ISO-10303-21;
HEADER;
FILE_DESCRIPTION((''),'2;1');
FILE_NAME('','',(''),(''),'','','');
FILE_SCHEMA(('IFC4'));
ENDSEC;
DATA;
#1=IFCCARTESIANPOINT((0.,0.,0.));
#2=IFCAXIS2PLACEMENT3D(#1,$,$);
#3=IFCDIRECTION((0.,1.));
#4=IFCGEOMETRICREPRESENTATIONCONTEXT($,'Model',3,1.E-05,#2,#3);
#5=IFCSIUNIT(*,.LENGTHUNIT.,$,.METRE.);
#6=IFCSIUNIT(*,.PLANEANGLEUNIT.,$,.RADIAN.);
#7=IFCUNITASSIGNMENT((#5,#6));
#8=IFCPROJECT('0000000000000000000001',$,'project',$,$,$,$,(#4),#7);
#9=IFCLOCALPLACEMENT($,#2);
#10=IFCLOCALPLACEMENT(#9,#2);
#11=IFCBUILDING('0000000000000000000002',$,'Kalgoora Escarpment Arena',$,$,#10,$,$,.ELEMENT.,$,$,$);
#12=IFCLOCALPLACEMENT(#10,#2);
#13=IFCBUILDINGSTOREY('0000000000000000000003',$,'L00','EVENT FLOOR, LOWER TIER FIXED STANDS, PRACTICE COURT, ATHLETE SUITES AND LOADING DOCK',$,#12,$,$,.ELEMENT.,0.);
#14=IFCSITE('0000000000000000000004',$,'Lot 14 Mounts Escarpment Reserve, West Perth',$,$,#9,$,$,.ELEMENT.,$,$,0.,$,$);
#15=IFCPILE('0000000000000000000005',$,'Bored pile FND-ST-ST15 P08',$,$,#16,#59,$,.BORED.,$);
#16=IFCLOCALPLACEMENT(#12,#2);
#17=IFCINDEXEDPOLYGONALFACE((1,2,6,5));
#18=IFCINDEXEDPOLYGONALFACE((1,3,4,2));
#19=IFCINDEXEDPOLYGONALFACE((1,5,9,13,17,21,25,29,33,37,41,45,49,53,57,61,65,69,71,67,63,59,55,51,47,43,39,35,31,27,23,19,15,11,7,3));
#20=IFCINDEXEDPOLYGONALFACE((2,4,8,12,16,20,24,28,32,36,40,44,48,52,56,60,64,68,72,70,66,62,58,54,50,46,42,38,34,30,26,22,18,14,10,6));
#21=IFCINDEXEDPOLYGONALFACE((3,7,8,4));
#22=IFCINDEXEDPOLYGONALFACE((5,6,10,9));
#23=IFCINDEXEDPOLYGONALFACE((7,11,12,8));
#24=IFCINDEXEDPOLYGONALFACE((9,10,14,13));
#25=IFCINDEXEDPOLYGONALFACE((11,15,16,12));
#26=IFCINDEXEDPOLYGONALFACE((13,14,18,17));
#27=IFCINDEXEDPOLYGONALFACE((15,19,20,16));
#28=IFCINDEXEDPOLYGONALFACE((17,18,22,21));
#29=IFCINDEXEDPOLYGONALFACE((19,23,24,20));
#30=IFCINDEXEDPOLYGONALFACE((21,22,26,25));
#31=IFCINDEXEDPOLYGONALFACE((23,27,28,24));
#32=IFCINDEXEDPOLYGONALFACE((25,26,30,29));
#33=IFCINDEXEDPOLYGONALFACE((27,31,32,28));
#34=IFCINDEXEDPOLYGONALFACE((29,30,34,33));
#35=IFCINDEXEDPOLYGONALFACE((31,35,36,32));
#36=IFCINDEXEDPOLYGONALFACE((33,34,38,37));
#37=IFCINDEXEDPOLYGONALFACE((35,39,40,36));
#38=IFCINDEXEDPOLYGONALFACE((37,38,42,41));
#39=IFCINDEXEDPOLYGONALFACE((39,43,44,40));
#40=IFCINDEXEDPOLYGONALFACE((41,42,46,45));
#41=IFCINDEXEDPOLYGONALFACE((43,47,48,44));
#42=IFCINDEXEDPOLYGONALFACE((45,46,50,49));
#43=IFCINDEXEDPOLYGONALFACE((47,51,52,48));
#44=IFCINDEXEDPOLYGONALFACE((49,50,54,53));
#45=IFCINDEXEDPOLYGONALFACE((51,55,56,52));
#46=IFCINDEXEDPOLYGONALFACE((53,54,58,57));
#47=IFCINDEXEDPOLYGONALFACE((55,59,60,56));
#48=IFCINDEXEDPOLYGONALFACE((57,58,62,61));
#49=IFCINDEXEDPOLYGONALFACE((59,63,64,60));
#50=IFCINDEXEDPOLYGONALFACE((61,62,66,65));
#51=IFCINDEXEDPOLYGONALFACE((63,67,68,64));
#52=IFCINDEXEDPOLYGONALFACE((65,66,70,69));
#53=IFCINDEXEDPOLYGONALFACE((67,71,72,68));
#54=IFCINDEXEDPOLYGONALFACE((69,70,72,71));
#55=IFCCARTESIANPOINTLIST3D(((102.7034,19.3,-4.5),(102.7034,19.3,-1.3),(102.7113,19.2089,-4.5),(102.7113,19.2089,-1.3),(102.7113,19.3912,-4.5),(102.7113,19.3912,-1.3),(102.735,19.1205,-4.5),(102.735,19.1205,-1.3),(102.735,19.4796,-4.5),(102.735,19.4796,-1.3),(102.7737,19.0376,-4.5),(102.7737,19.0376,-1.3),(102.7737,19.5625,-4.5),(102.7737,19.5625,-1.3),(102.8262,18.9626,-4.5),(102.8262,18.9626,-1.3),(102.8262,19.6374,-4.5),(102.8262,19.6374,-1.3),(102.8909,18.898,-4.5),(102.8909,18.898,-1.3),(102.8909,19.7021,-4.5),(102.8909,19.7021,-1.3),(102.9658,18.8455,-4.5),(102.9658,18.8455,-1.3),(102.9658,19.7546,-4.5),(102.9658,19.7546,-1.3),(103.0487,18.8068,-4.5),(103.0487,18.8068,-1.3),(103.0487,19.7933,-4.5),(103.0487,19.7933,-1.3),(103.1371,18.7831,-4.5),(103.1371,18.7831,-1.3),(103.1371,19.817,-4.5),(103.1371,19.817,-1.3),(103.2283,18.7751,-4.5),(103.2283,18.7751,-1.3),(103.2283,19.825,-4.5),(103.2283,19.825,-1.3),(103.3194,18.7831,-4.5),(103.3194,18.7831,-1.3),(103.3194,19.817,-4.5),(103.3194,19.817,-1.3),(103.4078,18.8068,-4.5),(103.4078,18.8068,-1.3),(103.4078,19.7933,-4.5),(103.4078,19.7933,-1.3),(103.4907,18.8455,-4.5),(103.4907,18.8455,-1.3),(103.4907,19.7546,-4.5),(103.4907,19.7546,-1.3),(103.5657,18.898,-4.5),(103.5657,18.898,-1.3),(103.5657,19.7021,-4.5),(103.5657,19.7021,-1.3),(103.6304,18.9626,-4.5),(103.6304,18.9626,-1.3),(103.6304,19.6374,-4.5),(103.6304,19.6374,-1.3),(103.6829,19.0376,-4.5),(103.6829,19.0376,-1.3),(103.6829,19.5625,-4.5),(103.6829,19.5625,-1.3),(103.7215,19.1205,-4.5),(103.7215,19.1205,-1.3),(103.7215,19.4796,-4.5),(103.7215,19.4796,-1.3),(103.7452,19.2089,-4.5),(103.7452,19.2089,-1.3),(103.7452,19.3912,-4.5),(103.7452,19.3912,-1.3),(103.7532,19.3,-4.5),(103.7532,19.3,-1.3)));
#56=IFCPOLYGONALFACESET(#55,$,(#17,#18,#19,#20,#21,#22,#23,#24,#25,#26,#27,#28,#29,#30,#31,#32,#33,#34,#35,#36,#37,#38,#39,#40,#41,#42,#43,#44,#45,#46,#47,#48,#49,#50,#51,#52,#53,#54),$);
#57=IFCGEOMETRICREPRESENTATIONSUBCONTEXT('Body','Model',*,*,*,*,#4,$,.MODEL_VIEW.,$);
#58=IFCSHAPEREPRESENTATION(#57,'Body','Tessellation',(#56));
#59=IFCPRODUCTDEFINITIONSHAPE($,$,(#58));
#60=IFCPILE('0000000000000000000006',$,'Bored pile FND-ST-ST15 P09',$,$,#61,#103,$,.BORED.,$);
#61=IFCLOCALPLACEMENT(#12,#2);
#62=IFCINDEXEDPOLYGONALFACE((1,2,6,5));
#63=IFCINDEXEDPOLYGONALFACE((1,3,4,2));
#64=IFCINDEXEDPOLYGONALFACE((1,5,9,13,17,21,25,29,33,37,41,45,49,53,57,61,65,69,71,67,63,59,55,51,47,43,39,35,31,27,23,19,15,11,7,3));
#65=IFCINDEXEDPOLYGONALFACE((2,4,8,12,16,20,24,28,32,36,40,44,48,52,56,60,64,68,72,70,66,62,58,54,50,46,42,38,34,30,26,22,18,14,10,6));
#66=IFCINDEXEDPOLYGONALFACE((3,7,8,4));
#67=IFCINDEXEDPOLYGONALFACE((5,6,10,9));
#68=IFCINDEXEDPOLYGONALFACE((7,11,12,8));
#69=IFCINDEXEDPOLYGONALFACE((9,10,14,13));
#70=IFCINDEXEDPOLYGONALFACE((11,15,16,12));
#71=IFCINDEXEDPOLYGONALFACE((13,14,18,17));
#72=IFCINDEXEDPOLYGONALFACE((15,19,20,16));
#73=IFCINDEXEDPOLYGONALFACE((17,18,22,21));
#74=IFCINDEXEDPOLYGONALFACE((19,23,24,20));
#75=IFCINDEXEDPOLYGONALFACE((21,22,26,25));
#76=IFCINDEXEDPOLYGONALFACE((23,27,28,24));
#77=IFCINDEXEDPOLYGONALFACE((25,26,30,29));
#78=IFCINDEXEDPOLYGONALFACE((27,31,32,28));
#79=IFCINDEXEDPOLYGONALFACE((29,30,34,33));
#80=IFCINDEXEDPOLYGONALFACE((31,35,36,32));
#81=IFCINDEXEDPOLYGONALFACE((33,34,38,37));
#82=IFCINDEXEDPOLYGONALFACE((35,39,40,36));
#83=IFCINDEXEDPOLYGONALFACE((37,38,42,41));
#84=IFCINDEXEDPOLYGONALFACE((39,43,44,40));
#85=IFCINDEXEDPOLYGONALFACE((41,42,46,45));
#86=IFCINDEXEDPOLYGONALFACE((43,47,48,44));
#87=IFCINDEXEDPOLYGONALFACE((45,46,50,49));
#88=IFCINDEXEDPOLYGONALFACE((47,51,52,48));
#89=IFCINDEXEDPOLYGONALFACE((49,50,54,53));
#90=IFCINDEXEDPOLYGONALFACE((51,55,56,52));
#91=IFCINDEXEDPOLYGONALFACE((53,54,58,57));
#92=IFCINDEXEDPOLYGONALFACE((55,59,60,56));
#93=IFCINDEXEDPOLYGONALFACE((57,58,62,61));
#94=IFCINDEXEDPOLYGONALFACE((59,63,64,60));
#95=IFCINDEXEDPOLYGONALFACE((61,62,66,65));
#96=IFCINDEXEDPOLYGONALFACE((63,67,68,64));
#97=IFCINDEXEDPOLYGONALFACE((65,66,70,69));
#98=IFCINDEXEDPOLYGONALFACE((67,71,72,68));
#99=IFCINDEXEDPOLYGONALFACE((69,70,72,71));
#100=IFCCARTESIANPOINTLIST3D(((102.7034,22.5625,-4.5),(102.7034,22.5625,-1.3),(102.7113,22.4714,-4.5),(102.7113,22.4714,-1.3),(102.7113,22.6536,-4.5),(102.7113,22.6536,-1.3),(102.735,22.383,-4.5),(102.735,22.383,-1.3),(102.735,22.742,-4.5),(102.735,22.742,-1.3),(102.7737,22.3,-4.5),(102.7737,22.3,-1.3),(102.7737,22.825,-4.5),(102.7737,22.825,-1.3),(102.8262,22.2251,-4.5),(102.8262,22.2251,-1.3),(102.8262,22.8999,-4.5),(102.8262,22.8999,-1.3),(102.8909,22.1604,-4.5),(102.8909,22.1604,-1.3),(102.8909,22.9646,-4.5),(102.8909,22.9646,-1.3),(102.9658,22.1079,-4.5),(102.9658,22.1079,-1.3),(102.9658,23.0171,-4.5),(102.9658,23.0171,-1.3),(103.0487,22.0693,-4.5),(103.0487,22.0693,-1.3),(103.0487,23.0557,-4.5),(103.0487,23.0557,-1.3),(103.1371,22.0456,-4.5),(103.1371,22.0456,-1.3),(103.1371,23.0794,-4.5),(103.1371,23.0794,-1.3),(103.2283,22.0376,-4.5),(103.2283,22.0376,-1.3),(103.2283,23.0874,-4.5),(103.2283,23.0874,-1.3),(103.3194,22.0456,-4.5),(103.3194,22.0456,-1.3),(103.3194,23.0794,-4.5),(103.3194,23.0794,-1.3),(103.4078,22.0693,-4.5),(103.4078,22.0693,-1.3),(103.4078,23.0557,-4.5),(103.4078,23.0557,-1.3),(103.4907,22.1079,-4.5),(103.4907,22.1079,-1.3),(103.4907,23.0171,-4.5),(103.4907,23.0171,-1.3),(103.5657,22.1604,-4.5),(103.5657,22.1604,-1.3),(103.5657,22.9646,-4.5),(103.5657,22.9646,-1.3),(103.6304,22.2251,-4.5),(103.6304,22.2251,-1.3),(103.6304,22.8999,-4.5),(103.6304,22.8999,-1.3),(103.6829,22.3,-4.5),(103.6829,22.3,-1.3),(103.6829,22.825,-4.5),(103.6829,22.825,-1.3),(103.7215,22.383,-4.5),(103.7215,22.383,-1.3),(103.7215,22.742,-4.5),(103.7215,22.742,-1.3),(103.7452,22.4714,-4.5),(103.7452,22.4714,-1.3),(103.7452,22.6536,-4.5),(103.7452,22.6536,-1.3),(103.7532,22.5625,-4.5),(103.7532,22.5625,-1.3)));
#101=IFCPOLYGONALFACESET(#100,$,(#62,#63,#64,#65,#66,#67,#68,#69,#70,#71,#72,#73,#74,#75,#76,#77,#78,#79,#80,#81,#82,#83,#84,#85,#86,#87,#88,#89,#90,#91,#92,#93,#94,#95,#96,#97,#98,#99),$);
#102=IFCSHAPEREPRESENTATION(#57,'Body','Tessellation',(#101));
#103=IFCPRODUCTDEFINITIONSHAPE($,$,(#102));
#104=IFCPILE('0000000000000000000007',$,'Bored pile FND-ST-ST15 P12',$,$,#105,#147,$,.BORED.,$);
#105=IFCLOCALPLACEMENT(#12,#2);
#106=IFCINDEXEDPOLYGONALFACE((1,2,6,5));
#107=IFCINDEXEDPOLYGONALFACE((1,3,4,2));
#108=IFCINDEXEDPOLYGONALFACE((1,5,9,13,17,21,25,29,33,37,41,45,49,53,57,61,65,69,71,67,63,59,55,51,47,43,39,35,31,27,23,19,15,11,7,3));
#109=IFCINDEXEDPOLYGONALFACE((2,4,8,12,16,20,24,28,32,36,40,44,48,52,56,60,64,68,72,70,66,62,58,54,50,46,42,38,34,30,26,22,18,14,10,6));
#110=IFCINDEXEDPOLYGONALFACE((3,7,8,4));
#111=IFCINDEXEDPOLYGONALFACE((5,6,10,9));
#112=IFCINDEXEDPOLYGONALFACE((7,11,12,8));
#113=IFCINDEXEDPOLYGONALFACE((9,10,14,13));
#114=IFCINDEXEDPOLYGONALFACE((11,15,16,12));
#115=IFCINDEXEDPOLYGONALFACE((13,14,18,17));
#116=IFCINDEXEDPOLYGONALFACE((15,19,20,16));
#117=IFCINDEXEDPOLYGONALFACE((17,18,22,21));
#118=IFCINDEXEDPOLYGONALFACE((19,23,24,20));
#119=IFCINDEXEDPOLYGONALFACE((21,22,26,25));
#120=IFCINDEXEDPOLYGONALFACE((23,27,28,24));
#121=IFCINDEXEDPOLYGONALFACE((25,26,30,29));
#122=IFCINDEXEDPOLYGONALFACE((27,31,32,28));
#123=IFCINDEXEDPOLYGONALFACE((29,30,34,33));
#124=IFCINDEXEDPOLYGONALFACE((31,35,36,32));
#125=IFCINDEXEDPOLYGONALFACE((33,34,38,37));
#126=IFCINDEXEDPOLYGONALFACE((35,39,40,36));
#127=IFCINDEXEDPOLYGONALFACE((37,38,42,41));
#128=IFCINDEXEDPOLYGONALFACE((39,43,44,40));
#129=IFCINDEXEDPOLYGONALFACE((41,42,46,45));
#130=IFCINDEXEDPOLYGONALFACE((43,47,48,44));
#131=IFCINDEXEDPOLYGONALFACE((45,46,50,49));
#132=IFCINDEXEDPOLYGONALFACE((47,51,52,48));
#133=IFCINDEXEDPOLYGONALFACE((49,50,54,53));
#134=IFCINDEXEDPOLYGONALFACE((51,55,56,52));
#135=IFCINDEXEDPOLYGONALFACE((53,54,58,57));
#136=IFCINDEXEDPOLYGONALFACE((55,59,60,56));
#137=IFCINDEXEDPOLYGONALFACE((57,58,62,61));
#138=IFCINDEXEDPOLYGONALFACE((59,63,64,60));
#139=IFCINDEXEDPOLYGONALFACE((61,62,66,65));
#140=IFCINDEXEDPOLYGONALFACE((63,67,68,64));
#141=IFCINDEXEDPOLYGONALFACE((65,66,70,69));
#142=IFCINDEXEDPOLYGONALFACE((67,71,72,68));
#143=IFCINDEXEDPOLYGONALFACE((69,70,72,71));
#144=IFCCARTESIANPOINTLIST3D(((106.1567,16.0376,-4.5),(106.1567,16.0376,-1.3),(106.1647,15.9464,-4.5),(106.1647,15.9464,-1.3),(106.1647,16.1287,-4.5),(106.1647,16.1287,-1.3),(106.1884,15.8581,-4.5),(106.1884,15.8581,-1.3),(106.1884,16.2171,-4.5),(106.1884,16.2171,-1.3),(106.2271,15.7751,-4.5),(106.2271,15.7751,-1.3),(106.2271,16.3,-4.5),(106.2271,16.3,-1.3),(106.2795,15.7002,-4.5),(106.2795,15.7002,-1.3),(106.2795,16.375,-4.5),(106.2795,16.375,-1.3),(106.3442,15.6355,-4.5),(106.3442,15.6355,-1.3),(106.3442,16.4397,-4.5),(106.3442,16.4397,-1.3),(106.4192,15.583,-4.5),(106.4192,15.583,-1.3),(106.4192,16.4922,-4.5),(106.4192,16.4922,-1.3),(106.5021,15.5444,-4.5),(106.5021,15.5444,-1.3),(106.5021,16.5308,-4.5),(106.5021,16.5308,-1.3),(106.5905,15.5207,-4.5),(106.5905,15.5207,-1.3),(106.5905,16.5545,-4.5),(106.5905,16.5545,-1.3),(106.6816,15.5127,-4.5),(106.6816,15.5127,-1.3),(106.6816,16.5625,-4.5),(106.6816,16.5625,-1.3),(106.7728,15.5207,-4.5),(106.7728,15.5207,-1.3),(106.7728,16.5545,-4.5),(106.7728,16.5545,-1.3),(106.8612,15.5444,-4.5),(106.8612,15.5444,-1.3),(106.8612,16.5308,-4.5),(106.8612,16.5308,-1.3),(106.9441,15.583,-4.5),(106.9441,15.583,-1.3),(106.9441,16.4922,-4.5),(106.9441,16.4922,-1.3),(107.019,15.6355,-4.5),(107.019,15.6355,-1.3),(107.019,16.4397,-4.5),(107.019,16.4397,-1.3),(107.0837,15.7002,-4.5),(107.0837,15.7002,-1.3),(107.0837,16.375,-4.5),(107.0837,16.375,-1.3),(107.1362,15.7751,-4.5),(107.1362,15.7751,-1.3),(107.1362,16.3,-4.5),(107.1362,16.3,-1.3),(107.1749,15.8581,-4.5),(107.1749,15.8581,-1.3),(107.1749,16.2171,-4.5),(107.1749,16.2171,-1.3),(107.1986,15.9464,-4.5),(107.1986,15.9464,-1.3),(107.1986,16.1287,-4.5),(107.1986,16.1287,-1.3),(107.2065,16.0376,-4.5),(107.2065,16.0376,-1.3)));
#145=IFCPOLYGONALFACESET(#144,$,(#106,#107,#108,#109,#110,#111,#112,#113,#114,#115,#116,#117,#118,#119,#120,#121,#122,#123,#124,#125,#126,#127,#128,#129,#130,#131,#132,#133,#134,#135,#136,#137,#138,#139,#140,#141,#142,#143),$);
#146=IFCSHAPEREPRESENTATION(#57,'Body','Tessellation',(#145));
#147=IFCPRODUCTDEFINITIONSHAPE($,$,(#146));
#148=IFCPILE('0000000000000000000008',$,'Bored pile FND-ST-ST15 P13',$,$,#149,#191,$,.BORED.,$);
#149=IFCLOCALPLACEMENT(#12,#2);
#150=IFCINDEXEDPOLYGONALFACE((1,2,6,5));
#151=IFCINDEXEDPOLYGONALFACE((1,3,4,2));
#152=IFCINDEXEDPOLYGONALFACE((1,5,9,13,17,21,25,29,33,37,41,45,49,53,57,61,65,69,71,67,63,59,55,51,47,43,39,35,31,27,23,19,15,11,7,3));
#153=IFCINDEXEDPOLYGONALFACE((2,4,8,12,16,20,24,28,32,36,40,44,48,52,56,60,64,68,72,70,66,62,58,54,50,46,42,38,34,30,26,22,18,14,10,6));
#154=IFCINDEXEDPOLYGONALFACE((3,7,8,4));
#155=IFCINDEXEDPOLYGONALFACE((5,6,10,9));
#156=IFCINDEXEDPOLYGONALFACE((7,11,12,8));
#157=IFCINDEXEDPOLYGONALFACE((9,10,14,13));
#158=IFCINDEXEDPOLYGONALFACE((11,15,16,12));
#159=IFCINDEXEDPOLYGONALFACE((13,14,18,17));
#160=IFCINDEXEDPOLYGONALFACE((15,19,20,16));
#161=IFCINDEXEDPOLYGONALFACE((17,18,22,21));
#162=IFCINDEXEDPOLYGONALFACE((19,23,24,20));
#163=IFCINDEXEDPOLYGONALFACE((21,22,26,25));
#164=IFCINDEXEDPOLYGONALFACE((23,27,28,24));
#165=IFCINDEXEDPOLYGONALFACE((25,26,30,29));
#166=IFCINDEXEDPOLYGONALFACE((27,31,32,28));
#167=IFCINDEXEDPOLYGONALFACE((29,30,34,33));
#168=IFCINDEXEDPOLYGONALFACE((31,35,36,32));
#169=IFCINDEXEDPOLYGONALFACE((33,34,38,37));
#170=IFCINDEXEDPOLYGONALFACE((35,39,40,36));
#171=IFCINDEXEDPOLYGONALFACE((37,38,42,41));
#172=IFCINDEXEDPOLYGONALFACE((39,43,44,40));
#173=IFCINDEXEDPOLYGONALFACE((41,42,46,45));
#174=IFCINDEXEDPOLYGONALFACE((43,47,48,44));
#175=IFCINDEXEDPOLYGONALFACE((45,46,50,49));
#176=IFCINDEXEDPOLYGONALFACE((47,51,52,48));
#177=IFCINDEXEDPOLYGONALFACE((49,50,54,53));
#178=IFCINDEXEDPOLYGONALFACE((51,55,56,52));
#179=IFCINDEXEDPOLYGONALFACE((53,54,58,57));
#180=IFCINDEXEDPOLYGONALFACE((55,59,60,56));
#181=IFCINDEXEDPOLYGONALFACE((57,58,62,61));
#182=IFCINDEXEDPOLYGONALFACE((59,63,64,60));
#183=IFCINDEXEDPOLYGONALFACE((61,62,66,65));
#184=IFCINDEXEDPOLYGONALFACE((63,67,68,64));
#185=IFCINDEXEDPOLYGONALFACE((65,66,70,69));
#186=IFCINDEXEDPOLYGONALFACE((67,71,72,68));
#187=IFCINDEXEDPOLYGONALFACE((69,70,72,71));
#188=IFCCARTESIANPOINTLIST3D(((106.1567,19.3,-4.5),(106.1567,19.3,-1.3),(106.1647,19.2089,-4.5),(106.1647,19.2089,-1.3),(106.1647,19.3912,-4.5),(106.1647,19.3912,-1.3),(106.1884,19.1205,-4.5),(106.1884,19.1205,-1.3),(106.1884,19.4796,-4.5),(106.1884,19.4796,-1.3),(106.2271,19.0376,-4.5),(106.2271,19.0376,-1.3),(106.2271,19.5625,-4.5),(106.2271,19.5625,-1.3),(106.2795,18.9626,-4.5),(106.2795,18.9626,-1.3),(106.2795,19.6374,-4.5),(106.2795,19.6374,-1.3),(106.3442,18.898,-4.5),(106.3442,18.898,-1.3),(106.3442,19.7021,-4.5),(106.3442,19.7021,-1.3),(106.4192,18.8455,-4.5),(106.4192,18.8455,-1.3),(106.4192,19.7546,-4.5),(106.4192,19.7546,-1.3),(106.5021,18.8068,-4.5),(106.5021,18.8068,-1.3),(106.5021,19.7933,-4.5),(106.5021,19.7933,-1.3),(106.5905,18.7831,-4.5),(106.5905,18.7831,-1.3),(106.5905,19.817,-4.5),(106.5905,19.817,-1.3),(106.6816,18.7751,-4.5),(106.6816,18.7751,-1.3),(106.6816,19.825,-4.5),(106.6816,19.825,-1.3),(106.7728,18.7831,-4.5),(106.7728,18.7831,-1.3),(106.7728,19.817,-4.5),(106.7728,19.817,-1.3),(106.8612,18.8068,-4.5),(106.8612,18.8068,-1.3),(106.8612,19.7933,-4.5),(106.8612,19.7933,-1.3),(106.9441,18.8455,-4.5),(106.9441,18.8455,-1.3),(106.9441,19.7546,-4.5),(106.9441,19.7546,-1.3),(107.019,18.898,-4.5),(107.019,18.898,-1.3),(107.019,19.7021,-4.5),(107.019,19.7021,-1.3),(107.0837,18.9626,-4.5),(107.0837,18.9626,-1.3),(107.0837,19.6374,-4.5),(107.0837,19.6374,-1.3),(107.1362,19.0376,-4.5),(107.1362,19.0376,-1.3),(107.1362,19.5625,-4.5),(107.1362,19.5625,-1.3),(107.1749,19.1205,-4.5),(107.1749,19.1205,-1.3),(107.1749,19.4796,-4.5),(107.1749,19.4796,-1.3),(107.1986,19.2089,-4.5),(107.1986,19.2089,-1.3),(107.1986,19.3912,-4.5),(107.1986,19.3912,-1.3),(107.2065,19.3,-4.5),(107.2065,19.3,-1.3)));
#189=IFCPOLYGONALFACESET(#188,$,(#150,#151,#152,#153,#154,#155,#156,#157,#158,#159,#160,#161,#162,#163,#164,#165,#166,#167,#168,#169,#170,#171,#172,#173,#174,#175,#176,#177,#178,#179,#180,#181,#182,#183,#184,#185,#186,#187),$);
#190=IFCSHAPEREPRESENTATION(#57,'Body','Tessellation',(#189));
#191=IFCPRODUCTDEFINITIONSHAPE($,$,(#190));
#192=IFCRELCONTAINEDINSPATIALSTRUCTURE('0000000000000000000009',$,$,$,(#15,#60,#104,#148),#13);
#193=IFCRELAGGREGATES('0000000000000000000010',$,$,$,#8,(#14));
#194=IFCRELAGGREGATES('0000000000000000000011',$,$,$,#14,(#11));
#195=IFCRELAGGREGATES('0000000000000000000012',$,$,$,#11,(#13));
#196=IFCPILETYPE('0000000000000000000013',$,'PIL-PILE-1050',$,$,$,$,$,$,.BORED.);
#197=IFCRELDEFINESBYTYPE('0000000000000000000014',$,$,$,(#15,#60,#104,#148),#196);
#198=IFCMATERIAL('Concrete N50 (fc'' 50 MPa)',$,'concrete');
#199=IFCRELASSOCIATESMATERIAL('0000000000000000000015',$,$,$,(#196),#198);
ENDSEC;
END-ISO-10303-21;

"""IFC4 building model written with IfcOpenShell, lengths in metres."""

from ifc_helpers import new_model, si_unit, direction, frame, origin, origin_2d, place, context, subcontext, project, spatial, circle, extrude, material, material_profile, profile_set, type_object, element, save


model = new_model("IFC4")

# Units and contexts
model_context = context("Model", 3, precision=1e-05, world=origin(), true_north=direction((0.0, 1.0)))
body_context = subcontext(model_context, "Body", "Model", "MODEL_VIEW")
ifc_project = project(units=[si_unit("LENGTHUNIT", "METRE"), si_unit("PLANEANGLEUNIT", "RADIAN")], contexts=[model_context])

# Site, building, storey
site_placement = place(None, origin())
site = spatial("IfcSite", under=ifc_project, at=site_placement, Name="Lot 14 Mounts Escarpment Reserve, West Perth", CompositionType="ELEMENT", RefElevation=0.0)
building_placement = place(site_placement, origin())
building = spatial("IfcBuilding", under=site, at=building_placement, Name="Kalgoora Escarpment Arena", CompositionType="ELEMENT")
storey_placement = place(building_placement, origin())
storey = spatial("IfcBuildingStorey", under=building, at=storey_placement, Name="L00", Description="EVENT FLOOR, LOWER TIER FIXED STANDS, PRACTICE COURT, ATHLETE SUITES AND LOADING DOCK", CompositionType="ELEMENT", Elevation=0.0)

# Piles
ifc_material_1 = material(Name="Concrete N50 (fc' 50 MPa)", Category="concrete")
ifc_material_profile_1 = material_profile(ifc_material_1, circle(Radius=0.5249, at=origin_2d()))
ifc_profile_set_1 = profile_set([ifc_material_profile_1], Name="Concrete N50 (fc' 50 MPa)")
pile_type_1 = type_object("IfcPileType", Name="PIL-PILE-1050", PredefinedType="BORED", material=ifc_profile_set_1)
for number, where, z_axis, x_axis, name in (
    (1, (103.2283, 19.3, -1.3), (0.0, 0.0, -1.0), (1.0, 0.0, 0.0), "Bored pile FND-ST-ST15 P08"),
    (2, (103.2283, 22.5625, -1.3), (0.0, 0.0, -1.0), (1.0, 0.0, 0.0), "Bored pile FND-ST-ST15 P09"),
    (3, (106.6816, 16.0376, -1.3), (0.0, 0.0, -1.0), (1.0, 0.0, 0.0), "Bored pile FND-ST-ST15 P12"),
    (4, (106.6816, 19.3, -1.3), (0.0, 0.0, -1.0), (1.0, 0.0, 0.0), "Bored pile FND-ST-ST15 P13"),
):
    element("IfcPile", number, at=place(storey_placement, frame(where, z_axis=z_axis, x_axis=x_axis)), inside=storey, type_object=pile_type_1, Name=name, PredefinedType="BORED", context=body_context, shape_type="SweptSolid", body=[
        extrude(circle(Radius=0.5249, at=origin_2d()), origin(), (0.0, 0.0, 1.0), 3.2),
    ])

save(model, "model.ifc")
